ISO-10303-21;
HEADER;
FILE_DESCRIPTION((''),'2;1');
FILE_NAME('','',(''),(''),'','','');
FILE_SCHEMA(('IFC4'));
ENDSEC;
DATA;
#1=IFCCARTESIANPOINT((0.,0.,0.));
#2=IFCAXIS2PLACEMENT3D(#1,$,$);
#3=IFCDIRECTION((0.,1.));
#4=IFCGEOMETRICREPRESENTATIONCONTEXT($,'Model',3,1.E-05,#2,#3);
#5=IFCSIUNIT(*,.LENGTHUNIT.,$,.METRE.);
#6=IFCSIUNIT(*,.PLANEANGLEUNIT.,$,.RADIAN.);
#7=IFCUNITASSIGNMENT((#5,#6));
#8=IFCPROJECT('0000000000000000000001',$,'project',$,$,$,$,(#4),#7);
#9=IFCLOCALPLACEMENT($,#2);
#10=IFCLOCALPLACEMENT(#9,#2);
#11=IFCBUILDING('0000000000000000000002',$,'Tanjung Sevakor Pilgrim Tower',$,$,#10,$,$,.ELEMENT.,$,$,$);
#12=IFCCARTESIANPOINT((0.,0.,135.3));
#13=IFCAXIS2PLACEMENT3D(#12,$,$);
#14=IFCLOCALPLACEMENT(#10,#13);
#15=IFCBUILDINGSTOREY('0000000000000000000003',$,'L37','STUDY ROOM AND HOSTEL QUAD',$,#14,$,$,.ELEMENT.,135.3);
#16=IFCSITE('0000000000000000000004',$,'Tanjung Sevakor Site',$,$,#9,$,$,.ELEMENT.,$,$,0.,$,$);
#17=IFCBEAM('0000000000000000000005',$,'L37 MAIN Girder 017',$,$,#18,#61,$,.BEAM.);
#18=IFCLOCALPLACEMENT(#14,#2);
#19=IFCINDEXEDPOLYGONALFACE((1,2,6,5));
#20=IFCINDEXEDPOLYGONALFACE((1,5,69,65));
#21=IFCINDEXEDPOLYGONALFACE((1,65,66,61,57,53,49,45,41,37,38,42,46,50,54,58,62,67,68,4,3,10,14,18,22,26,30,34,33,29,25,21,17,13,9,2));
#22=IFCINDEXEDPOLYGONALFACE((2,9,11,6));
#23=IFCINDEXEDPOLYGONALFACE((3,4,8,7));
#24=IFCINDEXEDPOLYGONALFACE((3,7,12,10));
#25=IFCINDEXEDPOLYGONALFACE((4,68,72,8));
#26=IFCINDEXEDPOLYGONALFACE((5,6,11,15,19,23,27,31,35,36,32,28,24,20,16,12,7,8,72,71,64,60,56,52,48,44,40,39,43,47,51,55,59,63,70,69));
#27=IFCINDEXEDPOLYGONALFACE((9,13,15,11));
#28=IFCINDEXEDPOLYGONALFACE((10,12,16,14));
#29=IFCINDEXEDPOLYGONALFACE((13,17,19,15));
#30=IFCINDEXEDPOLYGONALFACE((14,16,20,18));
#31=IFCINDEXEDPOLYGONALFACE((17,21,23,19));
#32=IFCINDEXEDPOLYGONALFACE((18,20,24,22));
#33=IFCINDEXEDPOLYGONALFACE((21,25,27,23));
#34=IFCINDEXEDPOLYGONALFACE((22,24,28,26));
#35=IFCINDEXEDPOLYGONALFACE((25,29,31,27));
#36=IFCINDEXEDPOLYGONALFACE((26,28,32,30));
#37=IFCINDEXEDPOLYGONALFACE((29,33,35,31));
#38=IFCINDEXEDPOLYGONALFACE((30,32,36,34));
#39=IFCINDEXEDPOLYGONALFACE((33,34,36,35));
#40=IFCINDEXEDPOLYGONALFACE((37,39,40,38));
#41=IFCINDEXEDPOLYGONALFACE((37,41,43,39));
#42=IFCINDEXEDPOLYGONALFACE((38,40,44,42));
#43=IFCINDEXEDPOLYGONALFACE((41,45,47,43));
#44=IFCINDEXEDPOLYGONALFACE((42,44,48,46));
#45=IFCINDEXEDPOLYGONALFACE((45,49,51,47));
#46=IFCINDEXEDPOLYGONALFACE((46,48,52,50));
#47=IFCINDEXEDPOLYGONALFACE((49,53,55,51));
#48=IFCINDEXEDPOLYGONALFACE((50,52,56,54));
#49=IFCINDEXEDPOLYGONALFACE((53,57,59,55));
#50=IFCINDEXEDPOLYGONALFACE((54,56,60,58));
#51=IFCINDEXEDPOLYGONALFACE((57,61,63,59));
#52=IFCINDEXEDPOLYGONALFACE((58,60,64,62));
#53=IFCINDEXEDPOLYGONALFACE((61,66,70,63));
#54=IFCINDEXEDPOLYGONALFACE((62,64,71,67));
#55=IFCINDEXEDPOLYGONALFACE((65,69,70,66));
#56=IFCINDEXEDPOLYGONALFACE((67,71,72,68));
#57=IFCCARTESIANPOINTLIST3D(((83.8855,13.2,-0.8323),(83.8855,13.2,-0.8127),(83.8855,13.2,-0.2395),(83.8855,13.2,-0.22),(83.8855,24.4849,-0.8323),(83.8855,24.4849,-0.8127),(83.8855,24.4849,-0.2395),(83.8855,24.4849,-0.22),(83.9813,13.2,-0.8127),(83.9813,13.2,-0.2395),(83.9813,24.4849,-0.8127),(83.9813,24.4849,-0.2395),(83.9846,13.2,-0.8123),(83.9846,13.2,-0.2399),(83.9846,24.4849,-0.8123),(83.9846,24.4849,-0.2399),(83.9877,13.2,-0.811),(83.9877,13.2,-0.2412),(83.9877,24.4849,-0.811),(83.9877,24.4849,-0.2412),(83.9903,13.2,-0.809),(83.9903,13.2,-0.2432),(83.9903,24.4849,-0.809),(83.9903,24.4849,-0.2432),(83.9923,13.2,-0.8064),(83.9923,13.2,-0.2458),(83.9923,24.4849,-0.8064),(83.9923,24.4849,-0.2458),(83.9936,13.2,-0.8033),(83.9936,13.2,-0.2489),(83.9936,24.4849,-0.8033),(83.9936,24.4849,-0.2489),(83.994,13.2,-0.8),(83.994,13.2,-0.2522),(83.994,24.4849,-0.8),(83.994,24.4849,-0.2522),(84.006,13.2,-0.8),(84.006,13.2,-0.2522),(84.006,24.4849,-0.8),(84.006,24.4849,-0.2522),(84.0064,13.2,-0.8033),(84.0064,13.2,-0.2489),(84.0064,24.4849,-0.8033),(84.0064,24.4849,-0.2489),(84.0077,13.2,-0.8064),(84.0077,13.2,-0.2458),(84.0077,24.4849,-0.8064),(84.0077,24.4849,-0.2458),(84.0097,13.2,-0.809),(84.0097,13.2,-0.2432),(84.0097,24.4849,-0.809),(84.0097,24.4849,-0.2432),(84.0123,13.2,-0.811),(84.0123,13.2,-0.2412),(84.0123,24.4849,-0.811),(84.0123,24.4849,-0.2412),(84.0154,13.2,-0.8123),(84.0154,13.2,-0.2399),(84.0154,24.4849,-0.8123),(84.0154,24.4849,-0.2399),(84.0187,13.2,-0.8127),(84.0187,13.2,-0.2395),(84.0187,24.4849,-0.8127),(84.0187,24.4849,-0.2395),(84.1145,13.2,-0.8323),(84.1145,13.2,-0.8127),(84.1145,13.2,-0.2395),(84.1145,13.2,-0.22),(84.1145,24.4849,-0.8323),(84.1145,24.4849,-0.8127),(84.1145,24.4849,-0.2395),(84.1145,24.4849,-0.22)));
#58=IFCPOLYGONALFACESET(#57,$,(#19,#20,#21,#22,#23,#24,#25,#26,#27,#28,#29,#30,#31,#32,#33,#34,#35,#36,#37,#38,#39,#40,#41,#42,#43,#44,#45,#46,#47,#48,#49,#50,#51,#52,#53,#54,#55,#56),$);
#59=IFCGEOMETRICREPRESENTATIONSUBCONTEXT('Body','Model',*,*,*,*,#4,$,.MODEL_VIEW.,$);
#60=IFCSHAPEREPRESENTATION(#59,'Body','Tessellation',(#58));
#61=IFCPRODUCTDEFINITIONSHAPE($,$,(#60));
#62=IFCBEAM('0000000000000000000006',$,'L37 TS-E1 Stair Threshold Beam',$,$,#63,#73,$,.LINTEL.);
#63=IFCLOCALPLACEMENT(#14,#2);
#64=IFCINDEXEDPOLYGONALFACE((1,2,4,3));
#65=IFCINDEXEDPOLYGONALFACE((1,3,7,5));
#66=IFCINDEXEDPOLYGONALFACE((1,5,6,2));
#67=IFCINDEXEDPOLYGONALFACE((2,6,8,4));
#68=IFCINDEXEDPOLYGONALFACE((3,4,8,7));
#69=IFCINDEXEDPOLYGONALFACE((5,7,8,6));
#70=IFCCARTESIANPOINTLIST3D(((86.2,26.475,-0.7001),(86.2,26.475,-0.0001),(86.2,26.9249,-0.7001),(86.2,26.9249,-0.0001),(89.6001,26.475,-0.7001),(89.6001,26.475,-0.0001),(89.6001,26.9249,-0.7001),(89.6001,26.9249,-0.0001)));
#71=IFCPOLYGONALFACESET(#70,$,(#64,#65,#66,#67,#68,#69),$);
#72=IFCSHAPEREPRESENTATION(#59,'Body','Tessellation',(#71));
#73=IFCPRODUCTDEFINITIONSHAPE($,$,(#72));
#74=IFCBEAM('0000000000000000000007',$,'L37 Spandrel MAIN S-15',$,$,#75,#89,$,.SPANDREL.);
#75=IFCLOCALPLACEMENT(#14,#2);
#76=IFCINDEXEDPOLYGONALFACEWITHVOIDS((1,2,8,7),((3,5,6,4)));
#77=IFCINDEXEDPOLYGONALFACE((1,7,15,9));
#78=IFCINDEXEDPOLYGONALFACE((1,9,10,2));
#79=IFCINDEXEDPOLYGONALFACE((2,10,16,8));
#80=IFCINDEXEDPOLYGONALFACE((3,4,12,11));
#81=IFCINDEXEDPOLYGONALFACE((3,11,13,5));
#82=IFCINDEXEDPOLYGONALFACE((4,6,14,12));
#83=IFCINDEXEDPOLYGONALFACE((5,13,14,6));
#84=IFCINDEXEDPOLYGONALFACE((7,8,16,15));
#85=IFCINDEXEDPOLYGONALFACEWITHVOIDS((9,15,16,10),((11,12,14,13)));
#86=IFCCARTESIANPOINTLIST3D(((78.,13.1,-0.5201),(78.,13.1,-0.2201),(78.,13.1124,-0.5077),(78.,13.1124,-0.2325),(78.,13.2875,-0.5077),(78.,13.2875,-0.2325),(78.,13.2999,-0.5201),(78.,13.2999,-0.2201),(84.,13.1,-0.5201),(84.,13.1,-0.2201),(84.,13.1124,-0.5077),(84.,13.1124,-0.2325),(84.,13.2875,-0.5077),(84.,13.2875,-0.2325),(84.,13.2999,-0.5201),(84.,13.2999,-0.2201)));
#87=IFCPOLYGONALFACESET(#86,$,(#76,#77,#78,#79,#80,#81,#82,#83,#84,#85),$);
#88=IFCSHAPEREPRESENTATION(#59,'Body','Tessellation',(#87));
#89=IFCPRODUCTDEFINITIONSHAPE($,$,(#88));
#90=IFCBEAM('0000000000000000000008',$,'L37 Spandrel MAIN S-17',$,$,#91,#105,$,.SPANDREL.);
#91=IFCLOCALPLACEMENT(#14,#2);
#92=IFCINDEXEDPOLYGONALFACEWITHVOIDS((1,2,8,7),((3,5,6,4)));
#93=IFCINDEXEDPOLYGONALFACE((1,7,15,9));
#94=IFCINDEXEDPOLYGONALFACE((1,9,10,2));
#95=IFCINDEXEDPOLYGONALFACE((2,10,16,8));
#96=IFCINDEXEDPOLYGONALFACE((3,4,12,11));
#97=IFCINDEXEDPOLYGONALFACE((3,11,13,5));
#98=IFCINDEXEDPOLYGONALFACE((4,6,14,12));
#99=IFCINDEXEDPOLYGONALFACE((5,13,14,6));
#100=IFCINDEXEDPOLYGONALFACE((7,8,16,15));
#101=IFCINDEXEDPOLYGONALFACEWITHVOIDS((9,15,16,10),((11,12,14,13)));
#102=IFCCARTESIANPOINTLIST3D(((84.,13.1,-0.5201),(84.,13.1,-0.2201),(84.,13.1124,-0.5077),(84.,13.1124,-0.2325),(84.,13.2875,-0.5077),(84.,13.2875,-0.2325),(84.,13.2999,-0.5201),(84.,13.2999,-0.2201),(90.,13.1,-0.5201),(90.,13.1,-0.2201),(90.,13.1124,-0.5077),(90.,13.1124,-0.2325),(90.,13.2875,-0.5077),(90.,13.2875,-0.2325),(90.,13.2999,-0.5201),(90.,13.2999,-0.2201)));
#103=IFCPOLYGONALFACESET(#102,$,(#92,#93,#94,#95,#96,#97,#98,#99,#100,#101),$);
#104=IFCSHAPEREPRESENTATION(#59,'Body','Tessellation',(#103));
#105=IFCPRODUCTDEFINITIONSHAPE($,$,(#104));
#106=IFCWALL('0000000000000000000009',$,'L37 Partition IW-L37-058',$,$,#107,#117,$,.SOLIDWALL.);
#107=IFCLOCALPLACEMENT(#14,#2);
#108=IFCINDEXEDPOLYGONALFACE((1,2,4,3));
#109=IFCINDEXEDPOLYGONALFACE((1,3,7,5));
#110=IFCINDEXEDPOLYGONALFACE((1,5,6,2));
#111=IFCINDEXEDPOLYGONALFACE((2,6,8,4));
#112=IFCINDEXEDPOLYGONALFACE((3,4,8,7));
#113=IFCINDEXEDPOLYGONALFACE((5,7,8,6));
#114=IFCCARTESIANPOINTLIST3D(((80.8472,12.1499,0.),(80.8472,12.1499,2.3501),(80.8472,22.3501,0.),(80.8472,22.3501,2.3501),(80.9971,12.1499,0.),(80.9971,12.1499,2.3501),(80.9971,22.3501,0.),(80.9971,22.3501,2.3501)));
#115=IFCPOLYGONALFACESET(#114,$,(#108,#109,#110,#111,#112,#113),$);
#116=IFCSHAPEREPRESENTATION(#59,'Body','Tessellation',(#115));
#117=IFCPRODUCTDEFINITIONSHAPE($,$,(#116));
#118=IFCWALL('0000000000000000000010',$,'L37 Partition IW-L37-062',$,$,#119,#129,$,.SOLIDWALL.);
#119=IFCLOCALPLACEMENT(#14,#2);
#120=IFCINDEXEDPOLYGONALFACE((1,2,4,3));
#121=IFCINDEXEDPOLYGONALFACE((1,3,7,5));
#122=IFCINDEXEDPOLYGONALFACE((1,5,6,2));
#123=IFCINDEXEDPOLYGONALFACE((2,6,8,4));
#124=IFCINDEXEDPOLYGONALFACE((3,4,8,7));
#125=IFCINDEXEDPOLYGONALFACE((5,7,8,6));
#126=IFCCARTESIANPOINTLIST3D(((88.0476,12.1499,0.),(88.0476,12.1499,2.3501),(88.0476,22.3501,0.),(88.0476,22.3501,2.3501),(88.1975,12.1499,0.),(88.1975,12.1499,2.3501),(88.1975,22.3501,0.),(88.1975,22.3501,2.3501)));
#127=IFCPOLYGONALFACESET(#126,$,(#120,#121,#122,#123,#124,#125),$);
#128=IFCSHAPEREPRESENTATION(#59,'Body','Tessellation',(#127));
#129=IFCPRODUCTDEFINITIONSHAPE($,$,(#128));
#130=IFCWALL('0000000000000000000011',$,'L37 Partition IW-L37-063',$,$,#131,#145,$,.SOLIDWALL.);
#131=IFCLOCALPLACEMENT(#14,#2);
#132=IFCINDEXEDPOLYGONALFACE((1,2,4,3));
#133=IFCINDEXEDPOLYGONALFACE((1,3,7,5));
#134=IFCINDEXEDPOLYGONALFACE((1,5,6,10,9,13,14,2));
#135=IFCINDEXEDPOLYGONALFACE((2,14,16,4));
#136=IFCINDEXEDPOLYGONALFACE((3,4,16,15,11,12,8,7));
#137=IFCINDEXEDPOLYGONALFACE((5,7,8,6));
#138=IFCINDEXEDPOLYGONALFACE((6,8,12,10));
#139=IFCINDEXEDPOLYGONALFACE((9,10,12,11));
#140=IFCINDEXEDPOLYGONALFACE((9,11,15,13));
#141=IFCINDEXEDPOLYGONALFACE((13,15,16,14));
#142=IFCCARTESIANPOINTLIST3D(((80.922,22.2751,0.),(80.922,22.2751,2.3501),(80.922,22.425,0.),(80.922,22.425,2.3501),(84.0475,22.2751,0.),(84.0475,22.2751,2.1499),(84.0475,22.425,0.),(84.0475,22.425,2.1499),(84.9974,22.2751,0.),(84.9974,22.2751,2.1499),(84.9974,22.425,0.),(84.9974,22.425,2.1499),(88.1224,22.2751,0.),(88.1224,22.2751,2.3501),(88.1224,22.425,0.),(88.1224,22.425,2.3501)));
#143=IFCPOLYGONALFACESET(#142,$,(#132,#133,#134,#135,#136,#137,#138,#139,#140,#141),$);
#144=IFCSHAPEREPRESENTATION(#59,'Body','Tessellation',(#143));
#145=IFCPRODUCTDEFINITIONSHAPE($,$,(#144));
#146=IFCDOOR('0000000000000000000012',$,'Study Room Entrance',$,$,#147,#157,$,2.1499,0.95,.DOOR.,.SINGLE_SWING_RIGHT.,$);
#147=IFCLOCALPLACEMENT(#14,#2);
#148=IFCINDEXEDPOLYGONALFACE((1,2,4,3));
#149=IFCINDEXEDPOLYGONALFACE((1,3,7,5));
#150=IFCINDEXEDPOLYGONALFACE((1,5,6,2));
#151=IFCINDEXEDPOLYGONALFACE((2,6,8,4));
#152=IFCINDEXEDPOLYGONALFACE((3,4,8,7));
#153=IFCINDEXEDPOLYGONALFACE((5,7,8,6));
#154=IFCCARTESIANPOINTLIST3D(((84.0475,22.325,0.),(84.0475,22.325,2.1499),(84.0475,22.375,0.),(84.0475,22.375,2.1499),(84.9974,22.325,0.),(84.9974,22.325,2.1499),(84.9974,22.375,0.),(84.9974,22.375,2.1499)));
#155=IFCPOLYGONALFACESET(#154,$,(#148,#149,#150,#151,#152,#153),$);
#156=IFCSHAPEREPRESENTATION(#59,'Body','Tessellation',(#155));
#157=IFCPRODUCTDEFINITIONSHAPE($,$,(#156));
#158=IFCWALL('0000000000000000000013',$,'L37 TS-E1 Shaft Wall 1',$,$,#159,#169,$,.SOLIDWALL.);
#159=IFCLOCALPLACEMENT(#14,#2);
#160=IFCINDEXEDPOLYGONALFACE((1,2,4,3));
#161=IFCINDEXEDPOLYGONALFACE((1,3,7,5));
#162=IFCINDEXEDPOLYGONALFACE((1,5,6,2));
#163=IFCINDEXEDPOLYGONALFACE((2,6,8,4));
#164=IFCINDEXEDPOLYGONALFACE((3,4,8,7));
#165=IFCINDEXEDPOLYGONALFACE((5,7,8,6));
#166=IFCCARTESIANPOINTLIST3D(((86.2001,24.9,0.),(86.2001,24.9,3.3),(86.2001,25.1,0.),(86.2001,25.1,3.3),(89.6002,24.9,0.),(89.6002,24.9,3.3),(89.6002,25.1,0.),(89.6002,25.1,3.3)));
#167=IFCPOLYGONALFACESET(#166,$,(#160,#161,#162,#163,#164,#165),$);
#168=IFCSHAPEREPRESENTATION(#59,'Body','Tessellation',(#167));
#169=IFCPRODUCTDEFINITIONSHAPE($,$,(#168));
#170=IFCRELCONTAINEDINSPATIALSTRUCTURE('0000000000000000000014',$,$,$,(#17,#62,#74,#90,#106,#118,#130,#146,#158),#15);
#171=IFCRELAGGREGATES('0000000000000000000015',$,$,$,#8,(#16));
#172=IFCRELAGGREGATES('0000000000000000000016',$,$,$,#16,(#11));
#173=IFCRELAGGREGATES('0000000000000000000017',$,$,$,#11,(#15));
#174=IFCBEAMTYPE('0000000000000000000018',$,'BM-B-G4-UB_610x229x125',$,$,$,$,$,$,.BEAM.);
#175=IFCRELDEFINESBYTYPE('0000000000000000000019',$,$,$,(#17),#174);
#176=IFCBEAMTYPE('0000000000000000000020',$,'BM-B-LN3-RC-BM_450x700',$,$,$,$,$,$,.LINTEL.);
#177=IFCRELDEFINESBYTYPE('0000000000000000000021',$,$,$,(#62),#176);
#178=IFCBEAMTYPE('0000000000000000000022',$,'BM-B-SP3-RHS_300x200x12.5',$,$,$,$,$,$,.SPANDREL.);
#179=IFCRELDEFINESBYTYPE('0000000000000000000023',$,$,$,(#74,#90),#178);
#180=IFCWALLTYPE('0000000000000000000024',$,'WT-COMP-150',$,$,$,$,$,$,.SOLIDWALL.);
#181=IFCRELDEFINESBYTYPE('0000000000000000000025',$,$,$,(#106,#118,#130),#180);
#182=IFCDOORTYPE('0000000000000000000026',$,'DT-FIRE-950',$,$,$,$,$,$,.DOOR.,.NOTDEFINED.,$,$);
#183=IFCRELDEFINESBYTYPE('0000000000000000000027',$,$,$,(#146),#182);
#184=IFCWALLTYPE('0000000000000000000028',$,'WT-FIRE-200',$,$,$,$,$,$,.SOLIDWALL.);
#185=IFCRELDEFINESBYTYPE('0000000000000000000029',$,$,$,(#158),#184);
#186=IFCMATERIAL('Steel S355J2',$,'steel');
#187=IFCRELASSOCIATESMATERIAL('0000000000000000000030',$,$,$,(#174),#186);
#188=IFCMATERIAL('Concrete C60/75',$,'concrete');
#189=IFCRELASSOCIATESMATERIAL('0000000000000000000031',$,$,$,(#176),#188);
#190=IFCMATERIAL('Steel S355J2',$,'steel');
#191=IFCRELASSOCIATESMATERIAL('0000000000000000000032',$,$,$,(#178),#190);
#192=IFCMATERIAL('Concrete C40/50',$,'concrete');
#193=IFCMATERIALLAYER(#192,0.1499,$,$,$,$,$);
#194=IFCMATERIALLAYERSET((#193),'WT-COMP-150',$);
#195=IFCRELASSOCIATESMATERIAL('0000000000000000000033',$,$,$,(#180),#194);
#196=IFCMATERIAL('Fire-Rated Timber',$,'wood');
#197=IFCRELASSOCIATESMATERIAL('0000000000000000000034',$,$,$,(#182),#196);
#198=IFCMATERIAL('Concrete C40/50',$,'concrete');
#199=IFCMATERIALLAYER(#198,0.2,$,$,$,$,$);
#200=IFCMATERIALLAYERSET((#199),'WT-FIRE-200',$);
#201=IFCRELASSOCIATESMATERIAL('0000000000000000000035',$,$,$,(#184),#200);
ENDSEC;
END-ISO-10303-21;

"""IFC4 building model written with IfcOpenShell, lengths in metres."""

from ifc_helpers import new_model, si_unit, direction, frame, frame_2d, origin, origin_2d, place, context, subcontext, project, spatial, rectangle, hollow_rectangle, i_section, extrude, material, layer, layer_set, material_profile, profile_set, type_object, element, fill, save


model = new_model("IFC4")

# Units and contexts
model_context = context("Model", 3, precision=1e-05, world=origin(), true_north=direction((0.0, 1.0)))
body_context = subcontext(model_context, "Body", "Model", "MODEL_VIEW")
ifc_project = project(units=[si_unit("LENGTHUNIT", "METRE"), si_unit("PLANEANGLEUNIT", "RADIAN")], contexts=[model_context])

# Site, building, storey
site_placement = place(None, origin())
site = spatial("IfcSite", under=ifc_project, at=site_placement, Name="Tanjung Sevakor Site", CompositionType="ELEMENT", RefElevation=0.0)
building_placement = place(site_placement, origin())
building = spatial("IfcBuilding", under=site, at=building_placement, Name="Tanjung Sevakor Pilgrim Tower", CompositionType="ELEMENT")
storey_placement = place(building_placement, frame((0.0, 0.0, 135.3)))
storey = spatial("IfcBuildingStorey", under=building, at=storey_placement, Name="L37", Description="STUDY ROOM AND HOSTEL QUAD", CompositionType="ELEMENT", Elevation=135.3)

# Beams
ifc_material_1 = material(Name="Steel S355J2", Category="steel")
ifc_material_profile_1 = material_profile(ifc_material_1, i_section(OverallWidth=0.229, OverallDepth=0.6123, WebThickness=0.012, FlangeThickness=0.0195, FilletRadius=0.0127, at=origin_2d()))
ifc_profile_set_1 = profile_set([ifc_material_profile_1], Name="Steel S355J2")
beam_type_1 = type_object("IfcBeamType", Name="BM-B-G4-UB_610x229x125", PredefinedType="BEAM", material=ifc_profile_set_1)
beam_1_placement = place(storey_placement, frame((84.0, 13.2, -0.5261), z_axis=(0.0, 1.0, 0.0), x_axis=(-1.0, 0.0, 0.0)))
element("IfcBeam", 1, at=beam_1_placement, inside=storey, type_object=beam_type_1, Name="L37 MAIN Girder 017", PredefinedType="BEAM", context=body_context, shape_type="SweptSolid", body=[
    extrude(i_section(OverallWidth=0.229, OverallDepth=0.6123, WebThickness=0.012, FlangeThickness=0.0195, FilletRadius=0.0127, at=origin_2d()), origin(), (0.0, 0.0, 1.0), 11.2849),
])
ifc_material_2 = material(Name="Concrete C60/75", Category="concrete")
ifc_material_profile_2 = material_profile(ifc_material_2, rectangle(XDim=0.45, YDim=0.7, at=origin_2d()))
ifc_profile_set_2 = profile_set([ifc_material_profile_2], Name="Concrete C60/75")
beam_type_2 = type_object("IfcBeamType", Name="BM-B-LN3-RC-BM_450x700", PredefinedType="LINTEL", material=ifc_profile_set_2)
beam_2_placement = place(storey_placement, frame((86.2, 26.7, -0.3501), z_axis=(1.0, 0.0, 0.0), x_axis=(0.0, 1.0, 0.0)))
element("IfcBeam", 2, at=beam_2_placement, inside=storey, type_object=beam_type_2, Name="L37 TS-E1 Stair Threshold Beam", PredefinedType="LINTEL", context=body_context, shape_type="SweptSolid", body=[
    extrude(rectangle(XDim=0.45, YDim=0.7, at=origin_2d()), origin(), (0.0, 0.0, 1.0), 3.4001),
])
ifc_material_3 = material(Name="Steel S355J2", Category="steel")
ifc_material_profile_3 = material_profile(ifc_material_3, hollow_rectangle(XDim=0.2, YDim=0.3, WallThickness=0.0125, at=origin_2d()))
ifc_profile_set_3 = profile_set([ifc_material_profile_3], Name="Steel S355J2")
beam_type_3 = type_object("IfcBeamType", Name="BM-B-SP3-RHS_300x200x12.5", PredefinedType="SPANDREL", material=ifc_profile_set_3)
for number, where, z_axis, x_axis, name in (
    (3, (78.0, 13.2, -0.3701), (1.0, 0.0, 0.0), (0.0, 1.0, 0.0), "L37 Spandrel MAIN S-15"),
    (4, (84.0, 13.2, -0.3701), (1.0, 0.0, 0.0), (0.0, 1.0, 0.0), "L37 Spandrel MAIN S-17"),
):
    element("IfcBeam", number, at=place(storey_placement, frame(where, z_axis=z_axis, x_axis=x_axis)), inside=storey, type_object=beam_type_3, Name=name, PredefinedType="SPANDREL", context=body_context, shape_type="SweptSolid", body=[
        extrude(hollow_rectangle(XDim=0.2, YDim=0.3, WallThickness=0.0125, at=origin_2d()), origin(), (0.0, 0.0, 1.0), 6.0),
    ])

# Shared definitions
ifc_material_4 = material(Name="Concrete C40/50", Category="concrete")
ifc_layer_1 = layer(ifc_material_4, 0.1499)
ifc_layer_set_1 = layer_set([ifc_layer_1], Name="WT-COMP-150")
wall_type_1 = type_object("IfcWallType", Name="WT-COMP-150", PredefinedType="SOLIDWALL", material=ifc_layer_set_1)
ifc_material_5 = material(Name="Fire-Rated Timber", Category="wood")
door_type_1 = type_object("IfcDoorType", Name="DT-FIRE-950", OperationType="NOTDEFINED", PredefinedType="DOOR", material=ifc_material_5)

# Walls
for number, where, z_axis, x_axis, name in (
    (5, (80.9221, 12.1499, 0.0), (0.0, 0.0, 1.0), (0.0, 1.0, 0.0), "L37 Partition IW-L37-058"),
    (6, (88.1226, 12.1499, 0.0), (0.0, 0.0, 1.0), (0.0, 1.0, 0.0), "L37 Partition IW-L37-062"),
):
    element("IfcWall", number, at=place(storey_placement, frame(where, z_axis=z_axis, x_axis=x_axis)), inside=storey, type_object=wall_type_1, Name=name, PredefinedType="SOLIDWALL", context=body_context, shape_type="SweptSolid", body=[
        extrude(rectangle(XDim=10.2002, YDim=0.1499, at=frame_2d((5.1001, 0.0))), origin(), (0.0, 0.0, 1.0), 2.3501),
    ])

# Wall, opening, door
wall_1_placement = place(storey_placement, frame((80.9221, 22.3501, 0.0), z_axis=(0.0, 0.0, 1.0), x_axis=(1.0, 0.0, 0.0)))
wall_1 = element("IfcWall", 7, at=wall_1_placement, inside=storey, type_object=wall_type_1, Name="L37 Partition IW-L37-063", PredefinedType="SOLIDWALL", context=body_context, shape_type="SweptSolid", body=[
    extrude(rectangle(XDim=7.2004, YDim=0.1499, at=frame_2d((3.6001, 0.0))), origin(), (0.0, 0.0, 1.0), 2.3501),
])
opening_1_placement = place(wall_1_placement, frame((3.1252, 0.0, 0.0)))
opening_1 = element("IfcOpeningElement", 8, at=opening_1_placement, cuts=wall_1, PredefinedType="OPENING", context=body_context, shape_type="SweptSolid", body=[
    extrude(rectangle(XDim=0.95, YDim=2.1499, at=frame_2d((0.4751, 1.075))), frame((0.0, 0.085, 0.0), z_axis=(0.0, -1.0, 0.0), x_axis=(1.0, 0.0, 0.0)), (0.0, 0.0, 1.0), 0.1699),
])
door_1_placement = place(opening_1_placement, origin())
door_1 = element("IfcDoor", 9, at=door_1_placement, inside=storey, type_object=door_type_1, Name="Study Room Entrance", OperationType="SINGLE_SWING_RIGHT", OverallHeight=2.1499, OverallWidth=0.95, PredefinedType="DOOR", context=body_context, shape_type="SweptSolid", body=[
    extrude(rectangle(XDim=0.95, YDim=2.1499, at=frame_2d((0.4751, 1.075))), frame((0.0, 0.0249, 0.0), z_axis=(0.0, -1.0, 0.0), x_axis=(1.0, 0.0, 0.0)), (0.0, 0.0, 1.0), 0.05),
])
fill(opening_1, door_1)

# Wall
ifc_material_6 = material(Name="Concrete C40/50", Category="concrete")
ifc_layer_2 = layer(ifc_material_6, 0.2)
ifc_layer_set_2 = layer_set([ifc_layer_2], Name="WT-FIRE-200")
wall_type_2 = type_object("IfcWallType", Name="WT-FIRE-200", PredefinedType="SOLIDWALL", material=ifc_layer_set_2)
wall_2_placement = place(storey_placement, frame((86.2, 25.0, 0.0), z_axis=(0.0, 0.0, 1.0), x_axis=(1.0, 0.0, 0.0)))
element("IfcWall", 10, at=wall_2_placement, inside=storey, type_object=wall_type_2, Name="L37 TS-E1 Shaft Wall 1", PredefinedType="SOLIDWALL", context=body_context, shape_type="SweptSolid", body=[
    extrude(rectangle(XDim=3.4001, YDim=0.2, at=frame_2d((1.7002, 0.0))), origin(), (0.0, 0.0, 1.0), 3.3),
])

save(model, "model.ifc")
